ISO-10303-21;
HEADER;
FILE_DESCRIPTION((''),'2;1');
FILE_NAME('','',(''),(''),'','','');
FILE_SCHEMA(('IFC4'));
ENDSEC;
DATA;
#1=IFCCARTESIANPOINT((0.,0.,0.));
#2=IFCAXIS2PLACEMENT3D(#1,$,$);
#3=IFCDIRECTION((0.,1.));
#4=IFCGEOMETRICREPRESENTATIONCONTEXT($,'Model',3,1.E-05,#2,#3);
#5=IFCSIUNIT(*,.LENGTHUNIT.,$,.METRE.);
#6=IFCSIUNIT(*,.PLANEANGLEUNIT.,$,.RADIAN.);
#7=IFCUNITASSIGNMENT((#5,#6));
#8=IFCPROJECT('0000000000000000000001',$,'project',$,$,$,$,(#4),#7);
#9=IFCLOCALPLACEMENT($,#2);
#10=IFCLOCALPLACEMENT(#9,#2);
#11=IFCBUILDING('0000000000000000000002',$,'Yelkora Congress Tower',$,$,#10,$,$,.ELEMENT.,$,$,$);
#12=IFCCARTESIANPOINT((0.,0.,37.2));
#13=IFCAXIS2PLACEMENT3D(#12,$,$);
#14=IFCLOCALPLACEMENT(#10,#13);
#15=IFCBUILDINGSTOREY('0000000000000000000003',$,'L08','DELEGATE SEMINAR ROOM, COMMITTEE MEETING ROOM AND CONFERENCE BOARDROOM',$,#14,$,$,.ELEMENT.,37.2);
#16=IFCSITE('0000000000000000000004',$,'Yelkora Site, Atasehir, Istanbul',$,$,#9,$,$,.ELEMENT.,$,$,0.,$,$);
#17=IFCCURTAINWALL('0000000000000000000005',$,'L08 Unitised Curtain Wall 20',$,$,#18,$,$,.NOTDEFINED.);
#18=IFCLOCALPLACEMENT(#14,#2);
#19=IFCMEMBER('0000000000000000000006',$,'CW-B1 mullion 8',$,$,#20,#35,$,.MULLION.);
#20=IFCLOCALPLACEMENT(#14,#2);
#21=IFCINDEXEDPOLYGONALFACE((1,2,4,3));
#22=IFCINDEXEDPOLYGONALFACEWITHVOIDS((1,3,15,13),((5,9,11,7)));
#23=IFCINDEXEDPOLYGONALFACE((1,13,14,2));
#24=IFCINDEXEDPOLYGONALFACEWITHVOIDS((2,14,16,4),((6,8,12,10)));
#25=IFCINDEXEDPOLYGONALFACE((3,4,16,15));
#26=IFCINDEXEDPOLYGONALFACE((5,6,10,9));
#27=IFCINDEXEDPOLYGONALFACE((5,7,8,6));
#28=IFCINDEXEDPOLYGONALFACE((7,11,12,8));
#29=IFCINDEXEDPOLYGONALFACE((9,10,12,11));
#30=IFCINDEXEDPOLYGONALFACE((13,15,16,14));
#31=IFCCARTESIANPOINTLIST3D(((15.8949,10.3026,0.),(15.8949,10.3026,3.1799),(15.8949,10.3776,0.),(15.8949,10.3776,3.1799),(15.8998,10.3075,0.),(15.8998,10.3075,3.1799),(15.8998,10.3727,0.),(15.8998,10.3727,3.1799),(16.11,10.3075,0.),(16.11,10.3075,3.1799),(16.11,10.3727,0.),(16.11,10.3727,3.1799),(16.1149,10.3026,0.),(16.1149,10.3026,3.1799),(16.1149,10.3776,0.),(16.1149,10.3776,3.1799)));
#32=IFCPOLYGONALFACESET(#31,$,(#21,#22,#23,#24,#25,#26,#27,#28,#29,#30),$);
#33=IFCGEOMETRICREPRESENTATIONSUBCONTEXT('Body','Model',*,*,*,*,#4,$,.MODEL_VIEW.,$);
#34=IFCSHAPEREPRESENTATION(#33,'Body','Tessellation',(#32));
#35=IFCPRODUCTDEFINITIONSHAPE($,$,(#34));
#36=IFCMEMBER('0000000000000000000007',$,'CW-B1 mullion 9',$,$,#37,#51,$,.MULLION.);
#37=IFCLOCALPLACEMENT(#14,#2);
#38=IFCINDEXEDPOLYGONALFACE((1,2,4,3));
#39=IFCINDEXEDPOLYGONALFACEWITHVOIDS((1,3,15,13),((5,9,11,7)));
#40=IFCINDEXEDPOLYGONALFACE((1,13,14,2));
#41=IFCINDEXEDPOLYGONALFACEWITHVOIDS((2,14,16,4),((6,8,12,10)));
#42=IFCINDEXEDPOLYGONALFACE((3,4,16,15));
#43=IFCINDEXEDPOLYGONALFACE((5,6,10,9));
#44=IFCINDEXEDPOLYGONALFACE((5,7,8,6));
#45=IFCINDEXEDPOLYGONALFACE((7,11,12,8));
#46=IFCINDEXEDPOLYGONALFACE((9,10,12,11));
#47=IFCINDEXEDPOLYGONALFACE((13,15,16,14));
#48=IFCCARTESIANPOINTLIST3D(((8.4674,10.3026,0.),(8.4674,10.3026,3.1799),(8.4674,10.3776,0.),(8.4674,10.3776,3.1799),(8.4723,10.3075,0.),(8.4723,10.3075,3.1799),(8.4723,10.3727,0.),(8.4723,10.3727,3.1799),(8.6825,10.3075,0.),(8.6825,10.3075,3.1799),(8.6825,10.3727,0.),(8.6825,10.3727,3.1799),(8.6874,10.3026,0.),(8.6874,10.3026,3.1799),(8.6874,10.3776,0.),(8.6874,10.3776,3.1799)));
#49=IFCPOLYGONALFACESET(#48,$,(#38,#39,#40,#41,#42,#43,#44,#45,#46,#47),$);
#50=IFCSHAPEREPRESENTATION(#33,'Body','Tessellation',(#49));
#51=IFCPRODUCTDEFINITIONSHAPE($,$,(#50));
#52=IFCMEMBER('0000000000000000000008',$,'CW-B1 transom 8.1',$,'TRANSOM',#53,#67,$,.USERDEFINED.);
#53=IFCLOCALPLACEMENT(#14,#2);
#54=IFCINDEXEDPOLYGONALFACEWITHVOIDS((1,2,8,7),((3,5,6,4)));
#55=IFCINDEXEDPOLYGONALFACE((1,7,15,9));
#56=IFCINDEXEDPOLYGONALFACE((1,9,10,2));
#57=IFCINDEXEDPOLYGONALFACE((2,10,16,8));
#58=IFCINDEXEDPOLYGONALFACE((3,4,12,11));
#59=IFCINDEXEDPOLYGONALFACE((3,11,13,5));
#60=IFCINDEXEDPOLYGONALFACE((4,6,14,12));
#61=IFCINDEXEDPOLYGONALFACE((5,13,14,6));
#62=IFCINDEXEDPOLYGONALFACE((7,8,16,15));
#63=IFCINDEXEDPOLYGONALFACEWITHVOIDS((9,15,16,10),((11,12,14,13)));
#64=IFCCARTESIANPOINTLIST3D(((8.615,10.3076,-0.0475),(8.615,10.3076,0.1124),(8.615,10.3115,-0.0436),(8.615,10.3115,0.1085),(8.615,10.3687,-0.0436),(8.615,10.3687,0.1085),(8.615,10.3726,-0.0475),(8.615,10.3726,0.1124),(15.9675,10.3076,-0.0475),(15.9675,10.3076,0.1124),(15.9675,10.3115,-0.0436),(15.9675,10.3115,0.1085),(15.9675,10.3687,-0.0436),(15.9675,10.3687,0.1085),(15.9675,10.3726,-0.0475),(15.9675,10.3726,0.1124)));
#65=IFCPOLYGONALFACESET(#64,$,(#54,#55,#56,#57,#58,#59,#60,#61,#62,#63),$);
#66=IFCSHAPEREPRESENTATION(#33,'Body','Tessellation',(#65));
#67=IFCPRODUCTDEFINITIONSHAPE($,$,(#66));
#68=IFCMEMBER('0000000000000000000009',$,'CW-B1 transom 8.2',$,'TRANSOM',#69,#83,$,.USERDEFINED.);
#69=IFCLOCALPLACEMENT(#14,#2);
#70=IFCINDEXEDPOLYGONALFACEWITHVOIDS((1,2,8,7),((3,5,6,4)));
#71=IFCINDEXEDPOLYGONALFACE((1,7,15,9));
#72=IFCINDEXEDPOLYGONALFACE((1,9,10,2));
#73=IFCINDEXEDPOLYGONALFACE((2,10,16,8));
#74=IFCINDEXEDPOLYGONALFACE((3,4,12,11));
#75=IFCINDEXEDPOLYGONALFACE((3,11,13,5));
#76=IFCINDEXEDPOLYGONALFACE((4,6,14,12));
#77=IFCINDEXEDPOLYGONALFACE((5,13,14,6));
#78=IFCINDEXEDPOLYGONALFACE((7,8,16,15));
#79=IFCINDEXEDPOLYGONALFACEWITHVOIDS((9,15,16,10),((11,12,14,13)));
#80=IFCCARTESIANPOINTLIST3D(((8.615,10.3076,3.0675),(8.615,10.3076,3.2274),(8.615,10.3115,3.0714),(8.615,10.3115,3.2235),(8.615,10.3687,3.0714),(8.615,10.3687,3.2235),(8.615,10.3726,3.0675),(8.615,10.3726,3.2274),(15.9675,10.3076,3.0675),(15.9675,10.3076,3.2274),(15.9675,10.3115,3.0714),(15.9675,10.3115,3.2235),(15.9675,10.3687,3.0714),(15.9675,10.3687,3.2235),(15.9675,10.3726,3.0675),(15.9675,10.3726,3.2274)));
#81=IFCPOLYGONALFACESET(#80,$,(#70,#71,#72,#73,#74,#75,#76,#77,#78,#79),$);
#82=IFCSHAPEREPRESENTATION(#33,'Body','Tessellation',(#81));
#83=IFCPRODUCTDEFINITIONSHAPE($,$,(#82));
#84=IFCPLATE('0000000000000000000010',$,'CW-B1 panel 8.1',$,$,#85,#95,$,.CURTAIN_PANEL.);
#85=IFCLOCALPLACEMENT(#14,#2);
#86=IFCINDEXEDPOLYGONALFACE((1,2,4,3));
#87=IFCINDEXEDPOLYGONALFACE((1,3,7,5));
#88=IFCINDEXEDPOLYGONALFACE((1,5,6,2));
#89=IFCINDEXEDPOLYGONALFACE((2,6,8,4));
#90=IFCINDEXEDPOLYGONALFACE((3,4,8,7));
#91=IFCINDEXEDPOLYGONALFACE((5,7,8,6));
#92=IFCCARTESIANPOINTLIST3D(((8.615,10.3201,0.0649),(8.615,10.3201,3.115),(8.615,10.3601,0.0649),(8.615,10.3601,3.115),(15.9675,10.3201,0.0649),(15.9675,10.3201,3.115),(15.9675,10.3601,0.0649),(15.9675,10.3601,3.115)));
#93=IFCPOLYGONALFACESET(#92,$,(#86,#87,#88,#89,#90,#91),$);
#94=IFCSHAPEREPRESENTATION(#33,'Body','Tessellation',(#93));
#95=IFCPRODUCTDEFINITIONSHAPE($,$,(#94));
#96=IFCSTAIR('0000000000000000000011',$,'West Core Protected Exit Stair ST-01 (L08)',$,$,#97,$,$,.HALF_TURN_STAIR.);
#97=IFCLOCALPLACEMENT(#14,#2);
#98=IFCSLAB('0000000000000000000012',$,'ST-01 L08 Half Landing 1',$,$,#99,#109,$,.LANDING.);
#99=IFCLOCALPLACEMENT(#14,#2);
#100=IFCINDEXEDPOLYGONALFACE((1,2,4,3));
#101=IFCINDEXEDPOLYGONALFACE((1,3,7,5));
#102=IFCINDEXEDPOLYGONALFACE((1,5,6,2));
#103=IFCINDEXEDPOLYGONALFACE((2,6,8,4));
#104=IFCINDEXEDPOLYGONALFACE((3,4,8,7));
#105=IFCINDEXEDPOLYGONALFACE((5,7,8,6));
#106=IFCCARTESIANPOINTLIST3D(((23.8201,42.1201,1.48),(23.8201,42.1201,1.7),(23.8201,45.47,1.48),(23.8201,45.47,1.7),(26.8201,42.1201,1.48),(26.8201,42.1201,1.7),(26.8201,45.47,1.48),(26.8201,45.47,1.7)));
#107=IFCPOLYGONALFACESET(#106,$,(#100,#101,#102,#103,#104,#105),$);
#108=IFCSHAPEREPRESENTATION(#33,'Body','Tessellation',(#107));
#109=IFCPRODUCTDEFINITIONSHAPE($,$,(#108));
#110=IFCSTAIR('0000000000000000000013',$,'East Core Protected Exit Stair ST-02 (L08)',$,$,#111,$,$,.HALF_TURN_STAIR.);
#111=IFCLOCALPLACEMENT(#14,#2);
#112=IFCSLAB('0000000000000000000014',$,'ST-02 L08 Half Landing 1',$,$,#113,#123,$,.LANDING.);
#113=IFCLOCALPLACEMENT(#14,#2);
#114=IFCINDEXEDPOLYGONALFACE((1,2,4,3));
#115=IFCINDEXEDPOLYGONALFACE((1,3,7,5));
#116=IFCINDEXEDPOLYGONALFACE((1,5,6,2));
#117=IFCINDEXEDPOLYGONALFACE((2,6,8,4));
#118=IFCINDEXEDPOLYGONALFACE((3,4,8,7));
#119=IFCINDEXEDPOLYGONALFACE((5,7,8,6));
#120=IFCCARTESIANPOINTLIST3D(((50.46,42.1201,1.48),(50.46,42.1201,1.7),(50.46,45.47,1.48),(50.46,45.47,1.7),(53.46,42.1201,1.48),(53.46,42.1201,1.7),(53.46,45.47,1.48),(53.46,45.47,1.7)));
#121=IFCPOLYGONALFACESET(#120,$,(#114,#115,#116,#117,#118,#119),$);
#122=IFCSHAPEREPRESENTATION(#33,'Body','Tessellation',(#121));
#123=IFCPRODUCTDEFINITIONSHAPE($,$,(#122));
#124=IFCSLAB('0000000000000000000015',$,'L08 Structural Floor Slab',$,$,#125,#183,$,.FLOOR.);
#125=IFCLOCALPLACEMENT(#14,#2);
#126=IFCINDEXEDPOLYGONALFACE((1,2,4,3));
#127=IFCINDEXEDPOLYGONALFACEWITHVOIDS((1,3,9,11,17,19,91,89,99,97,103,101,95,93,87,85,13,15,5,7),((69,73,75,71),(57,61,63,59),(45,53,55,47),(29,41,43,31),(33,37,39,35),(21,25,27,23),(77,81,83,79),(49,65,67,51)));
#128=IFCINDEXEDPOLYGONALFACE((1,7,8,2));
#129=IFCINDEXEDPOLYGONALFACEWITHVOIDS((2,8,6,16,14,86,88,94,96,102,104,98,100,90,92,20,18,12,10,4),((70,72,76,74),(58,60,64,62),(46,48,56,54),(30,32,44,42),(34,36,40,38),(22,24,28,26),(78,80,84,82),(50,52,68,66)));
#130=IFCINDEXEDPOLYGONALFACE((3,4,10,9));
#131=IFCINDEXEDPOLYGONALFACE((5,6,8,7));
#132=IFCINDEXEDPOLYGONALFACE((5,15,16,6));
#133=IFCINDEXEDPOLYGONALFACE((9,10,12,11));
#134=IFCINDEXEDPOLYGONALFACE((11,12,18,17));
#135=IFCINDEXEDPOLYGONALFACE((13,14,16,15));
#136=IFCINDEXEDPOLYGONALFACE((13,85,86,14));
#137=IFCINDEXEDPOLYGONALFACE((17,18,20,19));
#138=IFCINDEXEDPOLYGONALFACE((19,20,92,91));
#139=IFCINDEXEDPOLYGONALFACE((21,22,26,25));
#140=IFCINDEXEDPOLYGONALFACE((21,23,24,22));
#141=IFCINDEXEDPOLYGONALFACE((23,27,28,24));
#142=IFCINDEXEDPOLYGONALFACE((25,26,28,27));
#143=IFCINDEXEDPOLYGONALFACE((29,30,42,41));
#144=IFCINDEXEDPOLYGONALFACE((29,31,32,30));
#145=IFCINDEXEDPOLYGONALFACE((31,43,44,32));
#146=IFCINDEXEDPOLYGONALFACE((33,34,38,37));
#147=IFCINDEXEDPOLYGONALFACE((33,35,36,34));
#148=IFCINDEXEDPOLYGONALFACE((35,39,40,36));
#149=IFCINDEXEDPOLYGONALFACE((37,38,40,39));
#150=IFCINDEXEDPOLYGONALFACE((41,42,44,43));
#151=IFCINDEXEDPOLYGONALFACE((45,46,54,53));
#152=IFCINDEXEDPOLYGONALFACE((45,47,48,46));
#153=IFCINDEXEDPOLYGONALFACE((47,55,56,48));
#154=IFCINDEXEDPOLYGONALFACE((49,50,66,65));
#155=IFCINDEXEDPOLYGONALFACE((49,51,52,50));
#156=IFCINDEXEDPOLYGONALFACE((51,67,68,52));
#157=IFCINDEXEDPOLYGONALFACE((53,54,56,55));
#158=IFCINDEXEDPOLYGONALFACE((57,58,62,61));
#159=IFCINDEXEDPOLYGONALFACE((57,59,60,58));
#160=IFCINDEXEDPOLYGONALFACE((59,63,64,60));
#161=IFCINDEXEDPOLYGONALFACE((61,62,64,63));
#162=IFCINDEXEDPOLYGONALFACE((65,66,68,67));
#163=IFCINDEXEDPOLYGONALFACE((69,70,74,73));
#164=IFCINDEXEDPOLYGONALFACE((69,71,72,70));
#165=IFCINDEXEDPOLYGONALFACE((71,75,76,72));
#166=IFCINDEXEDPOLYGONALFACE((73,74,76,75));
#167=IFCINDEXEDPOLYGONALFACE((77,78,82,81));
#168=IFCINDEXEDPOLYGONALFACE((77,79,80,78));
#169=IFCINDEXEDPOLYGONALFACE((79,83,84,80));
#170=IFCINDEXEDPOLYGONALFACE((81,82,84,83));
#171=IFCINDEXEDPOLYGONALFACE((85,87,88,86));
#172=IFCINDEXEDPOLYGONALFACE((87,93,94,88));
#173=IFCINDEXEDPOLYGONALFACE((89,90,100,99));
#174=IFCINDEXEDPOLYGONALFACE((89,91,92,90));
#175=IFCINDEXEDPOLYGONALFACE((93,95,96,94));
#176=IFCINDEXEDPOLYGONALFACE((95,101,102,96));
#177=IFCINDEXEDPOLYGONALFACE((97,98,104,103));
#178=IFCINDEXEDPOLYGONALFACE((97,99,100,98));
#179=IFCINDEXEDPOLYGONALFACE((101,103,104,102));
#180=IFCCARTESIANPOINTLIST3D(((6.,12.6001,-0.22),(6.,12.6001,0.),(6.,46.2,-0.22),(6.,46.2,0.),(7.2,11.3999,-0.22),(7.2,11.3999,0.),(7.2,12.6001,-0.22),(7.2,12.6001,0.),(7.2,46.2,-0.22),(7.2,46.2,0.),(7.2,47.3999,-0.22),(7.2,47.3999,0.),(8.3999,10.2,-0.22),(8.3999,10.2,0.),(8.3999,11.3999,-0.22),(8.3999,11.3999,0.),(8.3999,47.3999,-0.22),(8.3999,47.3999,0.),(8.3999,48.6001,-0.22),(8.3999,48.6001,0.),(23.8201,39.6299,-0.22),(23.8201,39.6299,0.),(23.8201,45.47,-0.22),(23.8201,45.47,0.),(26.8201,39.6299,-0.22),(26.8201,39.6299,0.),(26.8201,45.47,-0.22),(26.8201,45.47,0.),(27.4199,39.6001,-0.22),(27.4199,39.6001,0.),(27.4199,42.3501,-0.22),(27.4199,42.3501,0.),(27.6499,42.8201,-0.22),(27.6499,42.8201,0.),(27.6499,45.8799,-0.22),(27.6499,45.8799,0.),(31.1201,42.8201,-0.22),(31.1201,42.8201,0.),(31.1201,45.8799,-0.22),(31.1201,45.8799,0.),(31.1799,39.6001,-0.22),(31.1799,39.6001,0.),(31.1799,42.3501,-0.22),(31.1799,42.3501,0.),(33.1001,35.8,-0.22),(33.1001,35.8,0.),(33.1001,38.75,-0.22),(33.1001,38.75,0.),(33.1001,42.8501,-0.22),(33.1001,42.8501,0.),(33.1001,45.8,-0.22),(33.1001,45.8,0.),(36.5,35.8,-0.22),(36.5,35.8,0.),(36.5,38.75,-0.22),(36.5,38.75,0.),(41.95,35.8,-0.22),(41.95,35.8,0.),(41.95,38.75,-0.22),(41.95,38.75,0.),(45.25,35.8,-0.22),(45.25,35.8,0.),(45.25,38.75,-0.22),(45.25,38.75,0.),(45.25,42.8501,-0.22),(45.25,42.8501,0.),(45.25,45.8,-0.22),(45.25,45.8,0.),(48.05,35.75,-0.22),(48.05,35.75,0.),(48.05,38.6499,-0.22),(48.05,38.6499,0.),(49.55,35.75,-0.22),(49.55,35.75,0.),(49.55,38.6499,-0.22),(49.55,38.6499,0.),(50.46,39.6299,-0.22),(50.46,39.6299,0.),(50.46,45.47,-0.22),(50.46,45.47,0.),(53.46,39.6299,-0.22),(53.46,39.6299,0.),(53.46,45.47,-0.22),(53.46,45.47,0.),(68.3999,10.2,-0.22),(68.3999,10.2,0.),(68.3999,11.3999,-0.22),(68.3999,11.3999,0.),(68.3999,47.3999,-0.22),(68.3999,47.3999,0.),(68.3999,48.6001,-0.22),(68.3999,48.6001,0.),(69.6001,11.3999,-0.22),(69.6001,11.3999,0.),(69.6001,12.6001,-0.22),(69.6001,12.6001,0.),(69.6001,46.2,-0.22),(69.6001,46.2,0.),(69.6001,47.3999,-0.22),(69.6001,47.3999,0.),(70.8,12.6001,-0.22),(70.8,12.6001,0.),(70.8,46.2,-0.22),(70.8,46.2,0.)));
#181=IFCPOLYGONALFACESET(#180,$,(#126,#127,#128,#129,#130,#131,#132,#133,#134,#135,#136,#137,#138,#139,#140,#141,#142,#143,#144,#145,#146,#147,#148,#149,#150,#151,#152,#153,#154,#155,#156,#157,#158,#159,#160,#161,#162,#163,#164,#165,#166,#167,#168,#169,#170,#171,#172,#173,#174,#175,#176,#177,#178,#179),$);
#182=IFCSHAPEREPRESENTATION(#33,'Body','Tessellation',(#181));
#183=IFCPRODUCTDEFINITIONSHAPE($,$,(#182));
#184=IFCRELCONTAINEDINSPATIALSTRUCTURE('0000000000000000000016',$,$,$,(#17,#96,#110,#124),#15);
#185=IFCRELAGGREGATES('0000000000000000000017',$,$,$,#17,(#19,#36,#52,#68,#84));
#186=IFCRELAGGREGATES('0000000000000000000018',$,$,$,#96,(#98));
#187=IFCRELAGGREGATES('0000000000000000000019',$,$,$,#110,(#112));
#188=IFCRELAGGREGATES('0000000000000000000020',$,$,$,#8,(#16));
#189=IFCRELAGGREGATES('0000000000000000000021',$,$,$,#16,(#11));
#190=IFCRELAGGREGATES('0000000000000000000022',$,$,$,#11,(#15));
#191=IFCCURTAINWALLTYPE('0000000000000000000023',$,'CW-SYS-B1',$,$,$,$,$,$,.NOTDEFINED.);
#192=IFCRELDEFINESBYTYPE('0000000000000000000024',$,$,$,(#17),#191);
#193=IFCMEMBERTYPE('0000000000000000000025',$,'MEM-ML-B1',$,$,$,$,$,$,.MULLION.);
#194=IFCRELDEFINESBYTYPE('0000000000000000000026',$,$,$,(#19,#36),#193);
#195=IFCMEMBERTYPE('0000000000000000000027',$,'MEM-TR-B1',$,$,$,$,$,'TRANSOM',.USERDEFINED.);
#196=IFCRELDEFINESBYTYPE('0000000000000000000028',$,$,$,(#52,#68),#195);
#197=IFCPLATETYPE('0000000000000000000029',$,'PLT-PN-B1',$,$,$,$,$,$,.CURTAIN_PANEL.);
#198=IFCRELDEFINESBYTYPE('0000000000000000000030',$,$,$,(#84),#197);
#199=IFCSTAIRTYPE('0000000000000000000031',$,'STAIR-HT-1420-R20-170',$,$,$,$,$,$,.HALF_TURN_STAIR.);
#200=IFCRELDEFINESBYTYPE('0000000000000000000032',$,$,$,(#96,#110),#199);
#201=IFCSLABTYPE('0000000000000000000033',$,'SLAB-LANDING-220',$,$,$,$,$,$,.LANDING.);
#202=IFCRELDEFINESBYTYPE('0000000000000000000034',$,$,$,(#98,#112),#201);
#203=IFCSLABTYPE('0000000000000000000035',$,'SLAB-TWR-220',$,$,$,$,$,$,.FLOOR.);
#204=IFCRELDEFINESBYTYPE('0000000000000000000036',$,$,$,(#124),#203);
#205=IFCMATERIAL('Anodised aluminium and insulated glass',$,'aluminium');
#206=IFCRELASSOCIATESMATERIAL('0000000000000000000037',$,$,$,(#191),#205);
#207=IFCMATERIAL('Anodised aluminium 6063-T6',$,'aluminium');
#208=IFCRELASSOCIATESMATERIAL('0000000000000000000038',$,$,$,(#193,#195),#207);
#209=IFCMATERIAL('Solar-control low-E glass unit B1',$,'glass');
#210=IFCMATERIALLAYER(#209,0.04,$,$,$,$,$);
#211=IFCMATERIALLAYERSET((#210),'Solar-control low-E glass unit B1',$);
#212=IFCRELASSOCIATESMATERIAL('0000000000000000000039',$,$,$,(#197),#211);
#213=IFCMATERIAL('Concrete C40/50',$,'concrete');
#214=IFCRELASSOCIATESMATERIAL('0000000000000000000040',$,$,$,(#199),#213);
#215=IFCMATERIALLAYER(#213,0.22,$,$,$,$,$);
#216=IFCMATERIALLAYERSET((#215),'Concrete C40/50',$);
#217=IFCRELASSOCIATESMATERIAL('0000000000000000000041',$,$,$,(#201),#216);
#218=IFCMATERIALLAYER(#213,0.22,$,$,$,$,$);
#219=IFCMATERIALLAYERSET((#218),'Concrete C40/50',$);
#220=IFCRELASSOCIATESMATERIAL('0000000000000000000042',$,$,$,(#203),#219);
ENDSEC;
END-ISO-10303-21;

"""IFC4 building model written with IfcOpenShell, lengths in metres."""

from ifc_helpers import new_model, si_unit, direction, frame, origin, origin_2d, place, context, subcontext, project, spatial, polyline, rectangle, hollow_rectangle, outline, extrude, material, layer, layer_set, material_profile, profile_set, type_object, element, aggregate, save


model = new_model("IFC4")

# Units and contexts
model_context = context("Model", 3, precision=1e-05, world=origin(), true_north=direction((0.0, 1.0)))
body_context = subcontext(model_context, "Body", "Model", "MODEL_VIEW")
ifc_project = project(units=[si_unit("LENGTHUNIT", "METRE"), si_unit("PLANEANGLEUNIT", "RADIAN")], contexts=[model_context])

# Site, building, storey
site_placement = place(None, origin())
site = spatial("IfcSite", under=ifc_project, at=site_placement, Name="Yelkora Site, Atasehir, Istanbul", CompositionType="ELEMENT", RefElevation=0.0)
building_placement = place(site_placement, origin())
building = spatial("IfcBuilding", under=site, at=building_placement, Name="Yelkora Congress Tower", CompositionType="ELEMENT")
storey_placement = place(building_placement, frame((0.0, 0.0, 37.2)))
storey = spatial("IfcBuildingStorey", under=building, at=storey_placement, Name="L08", Description="DELEGATE SEMINAR ROOM, COMMITTEE MEETING ROOM AND CONFERENCE BOARDROOM", CompositionType="ELEMENT", Elevation=37.2)

# Curtain wall, members, plate
ifc_material_1 = material(Name="Anodised aluminium and insulated glass", Category="aluminium")
curtain_wall_type = type_object("IfcCurtainWallType", Name="CW-SYS-B1", PredefinedType="NOTDEFINED", material=ifc_material_1)
curtain_wall_placement = place(storey_placement, origin())
curtain_wall = element("IfcCurtainWall", 1, at=curtain_wall_placement, inside=storey, type_object=curtain_wall_type, Name="L08 Unitised Curtain Wall 20", PredefinedType="NOTDEFINED")
ifc_material_2 = material(Name="Anodised aluminium 6063-T6", Category="aluminium")
ifc_material_profile_1 = material_profile(ifc_material_2, hollow_rectangle(XDim=0.075, YDim=0.22, WallThickness=0.0049, at=origin_2d()), Name="ALU 75x220x5")
ifc_profile_set_1 = profile_set([ifc_material_profile_1], Name="Anodised aluminium 6063-T6")
member_type_1 = type_object("IfcMemberType", Name="MEM-ML-B1", PredefinedType="MULLION", material=ifc_profile_set_1)
member_1_placement = place(storey_placement, frame((16.0049, 10.3401, 0.0), z_axis=(0.0, 0.0, 1.0), x_axis=(0.0, -1.0, 0.0)))
member_1 = element("IfcMember", 2, at=member_1_placement, type_object=member_type_1, Name="CW-B1 mullion 8", PredefinedType="MULLION", context=body_context, shape_type="SweptSolid", body=[
    extrude(hollow_rectangle(XDim=0.075, YDim=0.22, WallThickness=0.0049, at=origin_2d()), origin(), (0.0, 0.0, 1.0), 3.1799),
])
member_2_placement = place(storey_placement, frame((8.5774, 10.3401, 0.0), z_axis=(0.0, 0.0, 1.0), x_axis=(0.0, -1.0, 0.0)))
member_2 = element("IfcMember", 3, at=member_2_placement, type_object=member_type_1, Name="CW-B1 mullion 9", PredefinedType="MULLION", context=body_context, shape_type="SweptSolid", body=[
    extrude(hollow_rectangle(XDim=0.075, YDim=0.22, WallThickness=0.0049, at=origin_2d()), origin(), (0.0, 0.0, 1.0), 3.1799),
])
ifc_material_profile_2 = material_profile(ifc_material_2, hollow_rectangle(XDim=0.0649, YDim=0.1599, WallThickness=0.0039, at=origin_2d()), Name="ALU 65x160x4")
ifc_profile_set_2 = profile_set([ifc_material_profile_2], Name="Anodised aluminium 6063-T6")
member_type_2 = type_object("IfcMemberType", Name="MEM-TR-B1", ElementType="TRANSOM", PredefinedType="USERDEFINED", material=ifc_profile_set_2)
member_3_placement = place(storey_placement, frame((15.9675, 10.3401, 0.0325), z_axis=(-1.0, 0.0, 0.0), x_axis=(0.0, -1.0, 0.0)))
member_3 = element("IfcMember", 4, at=member_3_placement, type_object=member_type_2, Name="CW-B1 transom 8.1", ObjectType="TRANSOM", PredefinedType="USERDEFINED", context=body_context, shape_type="SweptSolid", body=[
    extrude(hollow_rectangle(XDim=0.0649, YDim=0.1599, WallThickness=0.0039, at=origin_2d()), origin(), (0.0, 0.0, 1.0), 7.3525),
])
member_4_placement = place(storey_placement, frame((15.9675, 10.3401, 3.1475), z_axis=(-1.0, 0.0, 0.0), x_axis=(0.0, -1.0, 0.0)))
member_4 = element("IfcMember", 5, at=member_4_placement, type_object=member_type_2, Name="CW-B1 transom 8.2", ObjectType="TRANSOM", PredefinedType="USERDEFINED", context=body_context, shape_type="SweptSolid", body=[
    extrude(hollow_rectangle(XDim=0.0649, YDim=0.1599, WallThickness=0.0039, at=origin_2d()), origin(), (0.0, 0.0, 1.0), 7.3525),
])
ifc_material_3 = material(Name="Solar-control low-E glass unit B1", Category="glass")
ifc_layer_1 = layer(ifc_material_3, 0.04)
ifc_layer_set_1 = layer_set([ifc_layer_1], Name="Solar-control low-E glass unit B1")
plate_type = type_object("IfcPlateType", Name="PLT-PN-B1", PredefinedType="CURTAIN_PANEL", material=ifc_layer_set_1)
plate_placement = place(storey_placement, frame((12.2913, 10.3401, 0.0649), z_axis=(0.0, 0.0, 1.0), x_axis=(-1.0, 0.0, 0.0)))
plate = element("IfcPlate", 6, at=plate_placement, type_object=plate_type, Name="CW-B1 panel 8.1", PredefinedType="CURTAIN_PANEL", context=body_context, shape_type="SweptSolid", body=[
    extrude(rectangle(XDim=7.3525, YDim=0.04, at=origin_2d()), origin(), (0.0, 0.0, 1.0), 3.05),
])
aggregate(curtain_wall, [member_1, member_2, member_3, member_4, plate])

# Stairs, slabs
ifc_material_4 = material(Name="Concrete C40/50", Category="concrete")
stair_type = type_object("IfcStairType", Name="STAIR-HT-1420-R20-170", PredefinedType="HALF_TURN_STAIR", material=ifc_material_4)
stair_1_placement = place(storey_placement, origin())
stair_1 = element("IfcStair", 7, at=stair_1_placement, inside=storey, type_object=stair_type, Name="West Core Protected Exit Stair ST-01 (L08)", PredefinedType="HALF_TURN_STAIR")
ifc_layer_2 = layer(ifc_material_4, 0.22)
ifc_layer_set_2 = layer_set([ifc_layer_2], Name="Concrete C40/50")
slab_type_1 = type_object("IfcSlabType", Name="SLAB-LANDING-220", PredefinedType="LANDING", material=ifc_layer_set_2)
slab_1_placement = place(storey_placement, frame((0.0, 0.0, 1.48)))
slab_1 = element("IfcSlab", 8, at=slab_1_placement, type_object=slab_type_1, Name="ST-01 L08 Half Landing 1", PredefinedType="LANDING", context=body_context, shape_type="SweptSolid", body=[
    extrude(outline(polyline([(26.8201, 42.1201), (26.8201, 45.47), (23.8201, 45.47), (23.8201, 42.1201), (26.8201, 42.1201)])), origin(), (0.0, 0.0, 1.0), 0.22),
])
aggregate(stair_1, [slab_1])
stair_2_placement = place(storey_placement, origin())
stair_2 = element("IfcStair", 9, at=stair_2_placement, inside=storey, type_object=stair_type, Name="East Core Protected Exit Stair ST-02 (L08)", PredefinedType="HALF_TURN_STAIR")
slab_2_placement = place(storey_placement, frame((0.0, 0.0, 1.48)))
slab_2 = element("IfcSlab", 10, at=slab_2_placement, type_object=slab_type_1, Name="ST-02 L08 Half Landing 1", PredefinedType="LANDING", context=body_context, shape_type="SweptSolid", body=[
    extrude(outline(polyline([(53.46, 42.1201), (53.46, 45.47), (50.46, 45.47), (50.46, 42.1201), (53.46, 42.1201)])), origin(), (0.0, 0.0, 1.0), 0.22),
])
aggregate(stair_2, [slab_2])

# Slab
ifc_layer_3 = layer(ifc_material_4, 0.22)
ifc_layer_set_3 = layer_set([ifc_layer_3], Name="Concrete C40/50")
slab_type_2 = type_object("IfcSlabType", Name="SLAB-TWR-220", PredefinedType="FLOOR", material=ifc_layer_set_3)
slab_3_placement = place(storey_placement, frame((0.0, 0.0, -0.22)))
element("IfcSlab", 11, at=slab_3_placement, inside=storey, type_object=slab_type_2, Name="L08 Structural Floor Slab", PredefinedType="FLOOR", context=body_context, shape_type="SweptSolid", body=[
    extrude(outline(polyline([(8.3999, 10.2), (68.3999, 10.2), (68.3999, 11.3999), (69.6001, 11.3999), (69.6001, 12.6001), (70.8, 12.6001), (70.8, 46.2), (69.6001, 46.2), (69.6001, 47.3999), (68.3999, 47.3999), (68.3999, 48.6001), (8.3999, 48.6001), (8.3999, 47.3999), (7.2, 47.3999), (7.2, 46.2), (6.0, 46.2), (6.0, 12.6001), (7.2, 12.6001), (7.2, 11.3999), (8.3999, 11.3999), (8.3999, 10.2)]), holes=[polyline([(23.8201, 39.6299), (26.8201, 39.6299), (26.8201, 45.47), (23.8201, 45.47), (23.8201, 39.6299)]), polyline([(50.46, 39.6299), (53.46, 39.6299), (53.46, 45.47), (50.46, 45.47), (50.46, 39.6299)]), polyline([(48.05, 35.75), (49.55, 35.75), (49.55, 38.6499), (48.05, 38.6499), (48.05, 35.75)]), polyline([(41.95, 35.8), (45.25, 35.8), (45.25, 38.75), (41.95, 38.75), (41.95, 35.8)]), polyline([(33.1001, 42.8501), (45.25, 42.8501), (45.25, 45.8), (33.1001, 45.8), (33.1001, 42.8501)]), polyline([(33.1001, 35.8), (36.5, 35.8), (36.5, 38.75), (33.1001, 38.75), (33.1001, 35.8)]), polyline([(27.4199, 39.6001), (31.1799, 39.6001), (31.1799, 42.3501), (27.4199, 42.3501), (27.4199, 39.6001)]), polyline([(27.6499, 42.8201), (31.1201, 42.8201), (31.1201, 45.8799), (27.6499, 45.8799), (27.6499, 42.8201)])]), origin(), (0.0, 0.0, 1.0), 0.22),
])

save(model, "model.ifc")
